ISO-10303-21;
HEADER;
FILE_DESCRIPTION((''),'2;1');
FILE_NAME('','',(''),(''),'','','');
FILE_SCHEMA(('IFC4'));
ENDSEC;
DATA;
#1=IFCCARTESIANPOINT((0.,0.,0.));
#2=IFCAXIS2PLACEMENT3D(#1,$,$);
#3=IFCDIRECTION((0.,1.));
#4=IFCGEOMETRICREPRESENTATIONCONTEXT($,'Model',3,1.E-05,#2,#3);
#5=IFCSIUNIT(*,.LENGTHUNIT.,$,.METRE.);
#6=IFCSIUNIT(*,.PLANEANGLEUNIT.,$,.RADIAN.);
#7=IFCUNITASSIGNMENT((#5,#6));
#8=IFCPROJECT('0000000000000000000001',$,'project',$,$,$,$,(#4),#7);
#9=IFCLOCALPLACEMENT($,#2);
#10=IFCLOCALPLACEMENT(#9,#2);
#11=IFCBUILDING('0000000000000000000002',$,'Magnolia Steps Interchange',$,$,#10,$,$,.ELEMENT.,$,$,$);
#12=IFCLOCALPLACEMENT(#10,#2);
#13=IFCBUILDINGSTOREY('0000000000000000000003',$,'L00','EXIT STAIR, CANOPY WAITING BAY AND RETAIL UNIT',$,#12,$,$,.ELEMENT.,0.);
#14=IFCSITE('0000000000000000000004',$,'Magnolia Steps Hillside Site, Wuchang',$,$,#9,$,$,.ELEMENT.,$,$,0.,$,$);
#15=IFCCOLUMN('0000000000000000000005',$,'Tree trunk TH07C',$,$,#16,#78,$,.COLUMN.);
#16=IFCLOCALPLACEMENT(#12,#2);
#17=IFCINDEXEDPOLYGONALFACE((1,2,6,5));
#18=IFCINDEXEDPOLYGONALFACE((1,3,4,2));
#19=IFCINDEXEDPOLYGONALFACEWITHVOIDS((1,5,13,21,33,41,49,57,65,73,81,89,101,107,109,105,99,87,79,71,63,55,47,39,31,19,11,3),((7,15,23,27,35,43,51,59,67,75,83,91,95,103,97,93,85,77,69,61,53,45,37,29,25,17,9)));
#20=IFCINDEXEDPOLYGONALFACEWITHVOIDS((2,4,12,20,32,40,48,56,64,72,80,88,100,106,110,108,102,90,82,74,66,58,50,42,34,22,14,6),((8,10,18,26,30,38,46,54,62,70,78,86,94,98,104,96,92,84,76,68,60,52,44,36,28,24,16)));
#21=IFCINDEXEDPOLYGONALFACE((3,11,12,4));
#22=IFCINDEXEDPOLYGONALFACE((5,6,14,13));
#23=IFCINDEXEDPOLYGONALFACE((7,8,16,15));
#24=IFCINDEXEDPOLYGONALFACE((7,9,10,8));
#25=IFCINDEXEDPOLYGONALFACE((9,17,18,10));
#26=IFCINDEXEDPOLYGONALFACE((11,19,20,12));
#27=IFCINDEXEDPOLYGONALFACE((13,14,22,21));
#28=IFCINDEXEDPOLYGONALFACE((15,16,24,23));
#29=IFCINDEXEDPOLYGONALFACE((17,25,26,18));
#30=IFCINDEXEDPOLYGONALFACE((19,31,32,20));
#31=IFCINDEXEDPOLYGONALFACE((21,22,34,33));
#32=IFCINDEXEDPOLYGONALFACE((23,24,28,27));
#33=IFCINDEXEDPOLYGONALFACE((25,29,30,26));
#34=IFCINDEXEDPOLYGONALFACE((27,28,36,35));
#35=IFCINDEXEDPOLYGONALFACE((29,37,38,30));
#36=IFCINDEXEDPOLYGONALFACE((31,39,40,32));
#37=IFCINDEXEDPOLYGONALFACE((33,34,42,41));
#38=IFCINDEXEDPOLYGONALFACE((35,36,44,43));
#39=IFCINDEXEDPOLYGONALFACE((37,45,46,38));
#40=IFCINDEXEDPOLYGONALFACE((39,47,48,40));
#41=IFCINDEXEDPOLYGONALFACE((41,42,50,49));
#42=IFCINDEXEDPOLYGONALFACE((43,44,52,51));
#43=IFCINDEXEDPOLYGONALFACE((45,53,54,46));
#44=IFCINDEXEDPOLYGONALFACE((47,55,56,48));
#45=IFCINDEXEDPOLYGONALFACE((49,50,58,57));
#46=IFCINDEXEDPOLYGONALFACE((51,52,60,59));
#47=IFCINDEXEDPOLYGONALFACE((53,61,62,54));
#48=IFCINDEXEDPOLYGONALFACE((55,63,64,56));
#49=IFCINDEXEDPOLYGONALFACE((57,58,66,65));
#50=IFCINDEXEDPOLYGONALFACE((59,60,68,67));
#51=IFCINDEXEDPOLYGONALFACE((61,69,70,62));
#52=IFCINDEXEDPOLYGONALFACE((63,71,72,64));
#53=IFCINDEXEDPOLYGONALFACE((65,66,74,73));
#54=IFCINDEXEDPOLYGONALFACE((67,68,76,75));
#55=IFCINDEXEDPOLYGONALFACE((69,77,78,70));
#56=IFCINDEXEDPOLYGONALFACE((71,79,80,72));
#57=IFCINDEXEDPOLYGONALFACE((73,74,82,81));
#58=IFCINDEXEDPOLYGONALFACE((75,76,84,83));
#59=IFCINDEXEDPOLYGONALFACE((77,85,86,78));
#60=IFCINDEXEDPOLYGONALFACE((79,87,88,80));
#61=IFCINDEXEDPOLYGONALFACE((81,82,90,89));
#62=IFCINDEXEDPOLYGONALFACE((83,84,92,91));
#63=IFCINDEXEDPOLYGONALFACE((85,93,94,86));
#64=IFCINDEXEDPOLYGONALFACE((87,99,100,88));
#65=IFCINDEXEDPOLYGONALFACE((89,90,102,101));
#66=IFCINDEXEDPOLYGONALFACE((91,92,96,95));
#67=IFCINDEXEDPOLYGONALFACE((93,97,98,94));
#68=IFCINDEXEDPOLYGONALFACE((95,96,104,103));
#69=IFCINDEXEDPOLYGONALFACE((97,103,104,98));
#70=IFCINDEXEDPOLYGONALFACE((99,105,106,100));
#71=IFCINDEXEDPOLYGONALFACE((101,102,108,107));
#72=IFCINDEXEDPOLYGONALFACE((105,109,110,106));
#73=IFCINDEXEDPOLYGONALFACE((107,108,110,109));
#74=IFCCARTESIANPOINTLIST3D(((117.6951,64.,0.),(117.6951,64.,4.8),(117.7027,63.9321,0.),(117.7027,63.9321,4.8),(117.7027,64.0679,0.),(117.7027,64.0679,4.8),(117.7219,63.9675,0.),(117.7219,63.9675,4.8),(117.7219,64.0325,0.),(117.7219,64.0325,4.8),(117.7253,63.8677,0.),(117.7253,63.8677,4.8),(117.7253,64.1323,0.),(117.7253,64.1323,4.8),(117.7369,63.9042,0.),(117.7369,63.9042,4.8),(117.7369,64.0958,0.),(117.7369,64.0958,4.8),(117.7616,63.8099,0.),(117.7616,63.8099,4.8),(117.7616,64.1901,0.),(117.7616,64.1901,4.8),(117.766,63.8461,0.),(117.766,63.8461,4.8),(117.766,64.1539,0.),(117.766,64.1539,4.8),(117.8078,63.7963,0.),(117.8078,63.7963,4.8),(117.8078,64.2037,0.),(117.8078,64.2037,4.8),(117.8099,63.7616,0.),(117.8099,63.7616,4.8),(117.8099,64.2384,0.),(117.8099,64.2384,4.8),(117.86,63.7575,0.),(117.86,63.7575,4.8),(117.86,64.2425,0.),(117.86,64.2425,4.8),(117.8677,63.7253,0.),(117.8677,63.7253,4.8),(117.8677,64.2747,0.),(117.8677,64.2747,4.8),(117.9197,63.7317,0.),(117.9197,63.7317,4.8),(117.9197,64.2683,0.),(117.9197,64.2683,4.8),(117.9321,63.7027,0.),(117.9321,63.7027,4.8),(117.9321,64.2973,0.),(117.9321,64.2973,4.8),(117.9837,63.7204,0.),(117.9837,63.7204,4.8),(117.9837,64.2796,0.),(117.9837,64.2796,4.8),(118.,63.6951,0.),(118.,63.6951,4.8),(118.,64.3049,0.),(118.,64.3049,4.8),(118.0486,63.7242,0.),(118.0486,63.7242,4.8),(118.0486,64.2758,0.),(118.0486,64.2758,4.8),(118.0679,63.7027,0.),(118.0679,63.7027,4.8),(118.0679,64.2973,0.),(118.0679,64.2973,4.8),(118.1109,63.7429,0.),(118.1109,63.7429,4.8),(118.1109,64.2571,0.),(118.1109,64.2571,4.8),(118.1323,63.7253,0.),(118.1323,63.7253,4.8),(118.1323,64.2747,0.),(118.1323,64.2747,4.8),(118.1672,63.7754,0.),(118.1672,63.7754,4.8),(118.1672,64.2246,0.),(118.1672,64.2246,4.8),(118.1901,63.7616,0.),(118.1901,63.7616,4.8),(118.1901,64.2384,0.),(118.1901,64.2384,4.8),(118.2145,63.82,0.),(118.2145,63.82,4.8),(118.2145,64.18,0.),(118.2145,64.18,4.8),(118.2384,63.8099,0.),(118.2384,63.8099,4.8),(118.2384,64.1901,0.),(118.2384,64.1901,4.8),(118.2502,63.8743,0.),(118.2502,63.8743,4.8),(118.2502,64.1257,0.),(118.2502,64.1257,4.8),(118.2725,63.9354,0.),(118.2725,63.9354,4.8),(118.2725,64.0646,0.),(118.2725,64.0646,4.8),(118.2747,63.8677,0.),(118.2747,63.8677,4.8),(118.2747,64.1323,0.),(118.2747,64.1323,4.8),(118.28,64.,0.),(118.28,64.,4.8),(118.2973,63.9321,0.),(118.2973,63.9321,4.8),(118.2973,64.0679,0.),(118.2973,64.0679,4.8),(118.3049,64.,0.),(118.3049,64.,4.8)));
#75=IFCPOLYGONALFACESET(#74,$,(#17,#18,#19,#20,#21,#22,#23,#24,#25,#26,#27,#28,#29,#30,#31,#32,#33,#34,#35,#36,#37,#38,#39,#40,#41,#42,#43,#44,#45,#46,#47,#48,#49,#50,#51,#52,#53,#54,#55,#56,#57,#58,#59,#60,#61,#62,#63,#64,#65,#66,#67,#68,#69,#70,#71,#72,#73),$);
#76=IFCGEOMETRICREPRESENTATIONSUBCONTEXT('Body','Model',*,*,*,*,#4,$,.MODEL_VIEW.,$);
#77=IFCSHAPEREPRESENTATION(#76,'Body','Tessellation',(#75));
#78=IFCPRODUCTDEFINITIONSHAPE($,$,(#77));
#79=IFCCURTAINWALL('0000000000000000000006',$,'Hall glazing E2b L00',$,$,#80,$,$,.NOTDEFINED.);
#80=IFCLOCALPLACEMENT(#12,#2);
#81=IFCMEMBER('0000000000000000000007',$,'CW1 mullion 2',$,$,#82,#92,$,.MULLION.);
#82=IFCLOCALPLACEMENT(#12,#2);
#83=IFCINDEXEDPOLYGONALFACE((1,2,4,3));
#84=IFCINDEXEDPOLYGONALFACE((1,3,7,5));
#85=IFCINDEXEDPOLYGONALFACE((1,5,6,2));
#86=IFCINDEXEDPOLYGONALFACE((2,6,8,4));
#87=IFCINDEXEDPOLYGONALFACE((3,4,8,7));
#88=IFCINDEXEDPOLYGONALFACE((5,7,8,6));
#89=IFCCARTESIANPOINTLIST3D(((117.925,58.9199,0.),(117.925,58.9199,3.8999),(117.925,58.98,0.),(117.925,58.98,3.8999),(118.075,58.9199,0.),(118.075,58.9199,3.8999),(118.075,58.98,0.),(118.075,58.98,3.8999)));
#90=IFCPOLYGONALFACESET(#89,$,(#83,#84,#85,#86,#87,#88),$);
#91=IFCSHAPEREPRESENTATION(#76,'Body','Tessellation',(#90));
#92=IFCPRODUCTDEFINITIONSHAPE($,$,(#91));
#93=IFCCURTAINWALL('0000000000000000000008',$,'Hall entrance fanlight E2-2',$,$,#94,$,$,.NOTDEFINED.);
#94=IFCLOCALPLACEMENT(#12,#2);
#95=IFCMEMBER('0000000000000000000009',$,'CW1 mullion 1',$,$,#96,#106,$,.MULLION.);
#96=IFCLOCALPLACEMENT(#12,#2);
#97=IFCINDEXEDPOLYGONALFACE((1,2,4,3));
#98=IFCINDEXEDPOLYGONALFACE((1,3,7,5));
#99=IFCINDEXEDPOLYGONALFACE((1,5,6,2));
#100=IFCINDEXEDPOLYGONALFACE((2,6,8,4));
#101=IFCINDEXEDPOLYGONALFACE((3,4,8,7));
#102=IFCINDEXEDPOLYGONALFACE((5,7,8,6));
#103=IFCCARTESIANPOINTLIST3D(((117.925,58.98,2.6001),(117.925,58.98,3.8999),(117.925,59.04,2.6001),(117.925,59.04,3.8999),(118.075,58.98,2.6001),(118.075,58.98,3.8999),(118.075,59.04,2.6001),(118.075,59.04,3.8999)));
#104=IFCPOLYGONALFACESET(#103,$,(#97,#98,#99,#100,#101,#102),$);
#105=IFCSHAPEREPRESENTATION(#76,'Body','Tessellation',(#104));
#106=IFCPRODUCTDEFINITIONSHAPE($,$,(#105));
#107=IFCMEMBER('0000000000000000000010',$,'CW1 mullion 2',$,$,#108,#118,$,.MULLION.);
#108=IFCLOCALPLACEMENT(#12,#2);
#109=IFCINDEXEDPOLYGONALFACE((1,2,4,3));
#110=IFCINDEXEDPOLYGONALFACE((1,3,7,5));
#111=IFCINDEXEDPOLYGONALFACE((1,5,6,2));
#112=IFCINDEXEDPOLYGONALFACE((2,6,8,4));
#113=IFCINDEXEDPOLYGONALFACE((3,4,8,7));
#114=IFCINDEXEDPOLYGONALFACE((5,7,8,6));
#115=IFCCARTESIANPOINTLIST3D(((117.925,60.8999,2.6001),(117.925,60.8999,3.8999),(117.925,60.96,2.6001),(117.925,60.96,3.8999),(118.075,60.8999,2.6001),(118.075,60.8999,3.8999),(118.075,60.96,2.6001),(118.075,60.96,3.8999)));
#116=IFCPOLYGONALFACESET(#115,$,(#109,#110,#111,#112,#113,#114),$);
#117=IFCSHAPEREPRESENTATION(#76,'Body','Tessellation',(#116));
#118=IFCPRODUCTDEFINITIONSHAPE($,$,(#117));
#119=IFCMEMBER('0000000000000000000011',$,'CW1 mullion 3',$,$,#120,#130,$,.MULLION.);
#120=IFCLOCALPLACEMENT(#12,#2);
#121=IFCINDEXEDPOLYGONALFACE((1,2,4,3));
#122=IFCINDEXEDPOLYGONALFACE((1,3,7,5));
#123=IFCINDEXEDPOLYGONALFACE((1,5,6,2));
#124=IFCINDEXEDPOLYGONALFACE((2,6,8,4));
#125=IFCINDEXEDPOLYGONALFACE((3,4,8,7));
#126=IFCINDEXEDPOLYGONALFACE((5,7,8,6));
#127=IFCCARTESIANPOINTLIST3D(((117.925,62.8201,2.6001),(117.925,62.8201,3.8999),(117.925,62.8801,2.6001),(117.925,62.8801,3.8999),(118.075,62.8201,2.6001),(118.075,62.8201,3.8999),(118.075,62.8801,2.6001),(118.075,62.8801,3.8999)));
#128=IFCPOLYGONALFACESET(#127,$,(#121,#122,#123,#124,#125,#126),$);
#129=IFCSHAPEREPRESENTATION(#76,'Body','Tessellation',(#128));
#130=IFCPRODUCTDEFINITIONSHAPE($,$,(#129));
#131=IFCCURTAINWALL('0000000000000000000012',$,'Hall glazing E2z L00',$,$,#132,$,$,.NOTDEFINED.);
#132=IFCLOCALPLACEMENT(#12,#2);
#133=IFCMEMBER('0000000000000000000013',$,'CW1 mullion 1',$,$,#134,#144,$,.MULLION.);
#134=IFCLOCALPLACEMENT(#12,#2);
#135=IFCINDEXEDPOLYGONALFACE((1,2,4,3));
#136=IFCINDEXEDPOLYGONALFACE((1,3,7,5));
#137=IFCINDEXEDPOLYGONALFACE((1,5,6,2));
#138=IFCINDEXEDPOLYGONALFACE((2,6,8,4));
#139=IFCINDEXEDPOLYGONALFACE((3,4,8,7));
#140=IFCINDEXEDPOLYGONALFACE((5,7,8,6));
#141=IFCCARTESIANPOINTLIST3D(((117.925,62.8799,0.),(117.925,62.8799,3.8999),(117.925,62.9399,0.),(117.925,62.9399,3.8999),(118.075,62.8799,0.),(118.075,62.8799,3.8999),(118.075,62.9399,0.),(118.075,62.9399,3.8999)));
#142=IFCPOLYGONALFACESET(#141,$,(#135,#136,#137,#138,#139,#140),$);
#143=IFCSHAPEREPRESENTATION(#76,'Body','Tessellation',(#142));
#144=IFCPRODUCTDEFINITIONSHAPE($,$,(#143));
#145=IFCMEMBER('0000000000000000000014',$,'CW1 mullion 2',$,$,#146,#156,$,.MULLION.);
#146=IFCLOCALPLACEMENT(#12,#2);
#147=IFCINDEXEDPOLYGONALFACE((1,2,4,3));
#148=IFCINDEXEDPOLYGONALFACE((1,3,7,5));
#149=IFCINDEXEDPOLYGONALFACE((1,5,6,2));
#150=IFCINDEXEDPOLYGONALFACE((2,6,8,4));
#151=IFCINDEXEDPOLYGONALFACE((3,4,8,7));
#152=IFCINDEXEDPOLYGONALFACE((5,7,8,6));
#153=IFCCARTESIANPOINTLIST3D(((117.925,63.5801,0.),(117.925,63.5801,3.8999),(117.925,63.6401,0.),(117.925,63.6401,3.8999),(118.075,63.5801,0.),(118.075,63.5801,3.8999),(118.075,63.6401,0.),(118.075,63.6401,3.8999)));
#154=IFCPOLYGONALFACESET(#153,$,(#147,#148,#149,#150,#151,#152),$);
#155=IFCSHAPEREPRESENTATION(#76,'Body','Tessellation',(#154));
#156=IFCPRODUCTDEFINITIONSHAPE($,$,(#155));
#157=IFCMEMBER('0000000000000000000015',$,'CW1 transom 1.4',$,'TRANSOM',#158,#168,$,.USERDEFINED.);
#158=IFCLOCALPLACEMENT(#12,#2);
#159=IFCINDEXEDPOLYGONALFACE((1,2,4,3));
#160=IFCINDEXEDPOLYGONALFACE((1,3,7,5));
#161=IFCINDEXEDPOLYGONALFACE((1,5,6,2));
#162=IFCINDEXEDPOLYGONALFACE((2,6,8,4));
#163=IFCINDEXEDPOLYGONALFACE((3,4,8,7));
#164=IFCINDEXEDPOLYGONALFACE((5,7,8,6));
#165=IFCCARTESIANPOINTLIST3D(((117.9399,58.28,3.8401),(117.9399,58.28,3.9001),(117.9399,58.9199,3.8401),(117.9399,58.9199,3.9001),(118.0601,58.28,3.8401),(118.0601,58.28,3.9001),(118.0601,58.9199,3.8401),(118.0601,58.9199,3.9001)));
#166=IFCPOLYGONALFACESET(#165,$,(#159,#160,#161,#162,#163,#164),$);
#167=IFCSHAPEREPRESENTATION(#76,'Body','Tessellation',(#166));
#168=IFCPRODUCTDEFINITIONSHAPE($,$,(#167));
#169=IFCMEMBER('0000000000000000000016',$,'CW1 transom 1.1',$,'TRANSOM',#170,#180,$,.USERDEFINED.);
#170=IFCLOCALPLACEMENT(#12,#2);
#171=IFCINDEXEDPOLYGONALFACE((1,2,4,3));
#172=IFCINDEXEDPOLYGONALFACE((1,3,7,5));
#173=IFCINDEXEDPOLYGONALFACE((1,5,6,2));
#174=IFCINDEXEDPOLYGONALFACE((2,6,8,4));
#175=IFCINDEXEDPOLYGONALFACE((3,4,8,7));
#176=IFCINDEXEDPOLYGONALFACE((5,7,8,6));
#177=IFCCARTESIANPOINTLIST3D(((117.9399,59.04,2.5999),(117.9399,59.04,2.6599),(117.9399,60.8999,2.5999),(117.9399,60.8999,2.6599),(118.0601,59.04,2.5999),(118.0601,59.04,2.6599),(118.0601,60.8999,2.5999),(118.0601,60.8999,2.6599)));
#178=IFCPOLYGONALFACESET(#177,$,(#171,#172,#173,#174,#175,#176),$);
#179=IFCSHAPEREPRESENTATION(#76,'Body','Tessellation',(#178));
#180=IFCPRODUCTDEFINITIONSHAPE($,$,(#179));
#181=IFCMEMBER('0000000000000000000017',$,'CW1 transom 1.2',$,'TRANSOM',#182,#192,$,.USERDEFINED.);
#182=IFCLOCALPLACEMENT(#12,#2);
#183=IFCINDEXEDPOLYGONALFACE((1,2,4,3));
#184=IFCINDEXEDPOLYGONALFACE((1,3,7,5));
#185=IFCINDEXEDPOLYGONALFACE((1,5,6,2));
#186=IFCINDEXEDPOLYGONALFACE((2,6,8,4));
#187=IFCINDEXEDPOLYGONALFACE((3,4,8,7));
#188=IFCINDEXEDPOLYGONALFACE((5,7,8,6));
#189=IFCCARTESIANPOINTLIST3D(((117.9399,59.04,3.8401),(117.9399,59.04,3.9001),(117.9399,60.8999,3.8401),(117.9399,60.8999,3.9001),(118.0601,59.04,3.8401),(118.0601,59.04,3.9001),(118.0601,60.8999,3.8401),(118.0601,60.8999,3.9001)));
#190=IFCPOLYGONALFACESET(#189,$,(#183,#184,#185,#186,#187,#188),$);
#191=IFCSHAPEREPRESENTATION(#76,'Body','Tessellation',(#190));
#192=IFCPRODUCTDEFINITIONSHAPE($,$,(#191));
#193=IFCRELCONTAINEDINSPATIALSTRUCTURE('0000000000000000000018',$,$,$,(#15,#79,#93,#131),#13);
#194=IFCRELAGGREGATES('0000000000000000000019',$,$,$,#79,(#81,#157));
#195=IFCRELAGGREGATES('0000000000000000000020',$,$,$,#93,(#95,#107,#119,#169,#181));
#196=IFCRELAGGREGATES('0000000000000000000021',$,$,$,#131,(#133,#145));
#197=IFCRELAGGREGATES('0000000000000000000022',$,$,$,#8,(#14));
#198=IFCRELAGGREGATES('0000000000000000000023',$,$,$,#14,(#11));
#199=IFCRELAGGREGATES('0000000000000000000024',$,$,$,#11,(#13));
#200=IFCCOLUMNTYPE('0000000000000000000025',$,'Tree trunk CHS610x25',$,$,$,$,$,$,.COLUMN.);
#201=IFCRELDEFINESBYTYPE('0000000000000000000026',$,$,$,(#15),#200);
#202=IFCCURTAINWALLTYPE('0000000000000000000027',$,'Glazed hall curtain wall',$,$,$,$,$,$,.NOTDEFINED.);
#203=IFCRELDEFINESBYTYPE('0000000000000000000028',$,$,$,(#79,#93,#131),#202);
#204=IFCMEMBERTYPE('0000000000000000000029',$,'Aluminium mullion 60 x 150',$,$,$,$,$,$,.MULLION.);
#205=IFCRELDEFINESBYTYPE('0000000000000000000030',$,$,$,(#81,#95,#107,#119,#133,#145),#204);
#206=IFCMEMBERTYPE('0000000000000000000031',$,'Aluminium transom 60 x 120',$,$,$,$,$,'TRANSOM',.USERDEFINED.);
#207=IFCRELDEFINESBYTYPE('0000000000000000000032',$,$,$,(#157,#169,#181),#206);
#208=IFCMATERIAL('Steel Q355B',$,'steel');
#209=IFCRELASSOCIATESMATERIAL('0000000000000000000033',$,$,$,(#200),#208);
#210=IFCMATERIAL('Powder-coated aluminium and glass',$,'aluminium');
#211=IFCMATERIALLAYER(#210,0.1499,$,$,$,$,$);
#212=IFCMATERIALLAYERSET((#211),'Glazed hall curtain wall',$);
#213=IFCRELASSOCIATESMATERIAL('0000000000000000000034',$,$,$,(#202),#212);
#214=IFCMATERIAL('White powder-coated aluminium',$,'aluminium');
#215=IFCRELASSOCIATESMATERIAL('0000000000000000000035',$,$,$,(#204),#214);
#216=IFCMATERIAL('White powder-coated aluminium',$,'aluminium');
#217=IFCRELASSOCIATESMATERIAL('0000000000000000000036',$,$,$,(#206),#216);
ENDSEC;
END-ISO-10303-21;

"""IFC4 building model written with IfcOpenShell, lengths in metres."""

from ifc_helpers import new_model, si_unit, direction, frame, origin, origin_2d, place, context, subcontext, project, spatial, rectangle, hollow_circle, extrude, material, layer, layer_set, material_profile, profile_set, type_object, element, aggregate, save


model = new_model("IFC4")

# Units and contexts
model_context = context("Model", 3, precision=1e-05, world=origin(), true_north=direction((0.0, 1.0)))
body_context = subcontext(model_context, "Body", "Model", "MODEL_VIEW")
ifc_project = project(units=[si_unit("LENGTHUNIT", "METRE"), si_unit("PLANEANGLEUNIT", "RADIAN")], contexts=[model_context])

# Site, building, storey
site_placement = place(None, origin())
site = spatial("IfcSite", under=ifc_project, at=site_placement, Name="Magnolia Steps Hillside Site, Wuchang", CompositionType="ELEMENT", RefElevation=0.0)
building_placement = place(site_placement, origin())
building = spatial("IfcBuilding", under=site, at=building_placement, Name="Magnolia Steps Interchange", CompositionType="ELEMENT")
storey_placement = place(building_placement, origin())
storey = spatial("IfcBuildingStorey", under=building, at=storey_placement, Name="L00", Description="EXIT STAIR, CANOPY WAITING BAY AND RETAIL UNIT", CompositionType="ELEMENT", Elevation=0.0)

# Column
ifc_material_1 = material(Name="Steel Q355B", Category="steel")
ifc_material_profile_1 = material_profile(ifc_material_1, hollow_circle(Radius=0.3049, WallThickness=0.0249, at=origin_2d()), Name="CHS610x25")
ifc_profile_set_1 = profile_set([ifc_material_profile_1], Name="Steel Q355B")
column_type = type_object("IfcColumnType", Name="Tree trunk CHS610x25", PredefinedType="COLUMN", material=ifc_profile_set_1)
column_placement = place(storey_placement, frame((118.0, 64.0, 0.0), z_axis=(0.0, 0.0, 1.0), x_axis=(1.0, 0.0, 0.0)))
element("IfcColumn", 1, at=column_placement, inside=storey, type_object=column_type, Name="Tree trunk TH07C", PredefinedType="COLUMN", context=body_context, shape_type="SweptSolid", body=[
    extrude(hollow_circle(Radius=0.3049, WallThickness=0.0249, at=origin_2d()), origin(), (0.0, 0.0, 1.0), 4.8),
])

# Curtain wall, member
ifc_material_2 = material(Name="Powder-coated aluminium and glass", Category="aluminium")
ifc_layer_1 = layer(ifc_material_2, 0.1499)
ifc_layer_set_1 = layer_set([ifc_layer_1], Name="Glazed hall curtain wall")
curtain_wall_type = type_object("IfcCurtainWallType", Name="Glazed hall curtain wall", PredefinedType="NOTDEFINED", material=ifc_layer_set_1)
curtain_wall_1_placement = place(storey_placement, origin())
curtain_wall_1 = element("IfcCurtainWall", 2, at=curtain_wall_1_placement, inside=storey, type_object=curtain_wall_type, Name="Hall glazing E2b L00", PredefinedType="NOTDEFINED")
ifc_material_3 = material(Name="White powder-coated aluminium", Category="aluminium")
ifc_material_profile_2 = material_profile(ifc_material_3, rectangle(XDim=0.0601, YDim=0.1499, at=origin_2d()), Name="Aluminium mullion 60 x 150")
ifc_profile_set_2 = profile_set([ifc_material_profile_2], Name="White powder-coated aluminium")
member_type_1 = type_object("IfcMemberType", Name="Aluminium mullion 60 x 150", PredefinedType="MULLION", material=ifc_profile_set_2)
member_1_placement = place(storey_placement, frame((118.0, 58.95, 0.0), z_axis=(0.0, 0.0, 1.0), x_axis=(0.0, 1.0, 0.0)))
member_1 = element("IfcMember", 3, at=member_1_placement, type_object=member_type_1, Name="CW1 mullion 2", PredefinedType="MULLION", context=body_context, shape_type="SweptSolid", body=[
    extrude(rectangle(XDim=0.0601, YDim=0.1499, at=origin_2d()), origin(), (0.0, 0.0, 1.0), 3.8999),
])

# Curtain walls, members
curtain_wall_2_placement = place(storey_placement, origin())
curtain_wall_2 = element("IfcCurtainWall", 4, at=curtain_wall_2_placement, inside=storey, type_object=curtain_wall_type, Name="Hall entrance fanlight E2-2", PredefinedType="NOTDEFINED")
member_2_placement = place(storey_placement, frame((118.0, 59.01, 2.6001), z_axis=(0.0, 0.0, 1.0), x_axis=(0.0, 1.0, 0.0)))
member_2 = element("IfcMember", 5, at=member_2_placement, type_object=member_type_1, Name="CW1 mullion 1", PredefinedType="MULLION", context=body_context, shape_type="SweptSolid", body=[
    extrude(rectangle(XDim=0.0601, YDim=0.1499, at=origin_2d()), origin(), (0.0, 0.0, 1.0), 1.2998),
])
member_3_placement = place(storey_placement, frame((118.0, 60.9299, 2.6001), z_axis=(0.0, 0.0, 1.0), x_axis=(0.0, 1.0, 0.0)))
member_3 = element("IfcMember", 6, at=member_3_placement, type_object=member_type_1, Name="CW1 mullion 2", PredefinedType="MULLION", context=body_context, shape_type="SweptSolid", body=[
    extrude(rectangle(XDim=0.0601, YDim=0.1499, at=origin_2d()), origin(), (0.0, 0.0, 1.0), 1.2998),
])
member_4_placement = place(storey_placement, frame((118.0, 62.8501, 2.6001), z_axis=(0.0, 0.0, 1.0), x_axis=(0.0, 1.0, 0.0)))
member_4 = element("IfcMember", 7, at=member_4_placement, type_object=member_type_1, Name="CW1 mullion 3", PredefinedType="MULLION", context=body_context, shape_type="SweptSolid", body=[
    extrude(rectangle(XDim=0.0601, YDim=0.1499, at=origin_2d()), origin(), (0.0, 0.0, 1.0), 1.2998),
])
curtain_wall_3_placement = place(storey_placement, origin())
curtain_wall_3 = element("IfcCurtainWall", 8, at=curtain_wall_3_placement, inside=storey, type_object=curtain_wall_type, Name="Hall glazing E2z L00", PredefinedType="NOTDEFINED")
member_5_placement = place(storey_placement, frame((118.0, 62.9099, 0.0), z_axis=(0.0, 0.0, 1.0), x_axis=(0.0, 1.0, 0.0)))
member_5 = element("IfcMember", 9, at=member_5_placement, type_object=member_type_1, Name="CW1 mullion 1", PredefinedType="MULLION", context=body_context, shape_type="SweptSolid", body=[
    extrude(rectangle(XDim=0.0601, YDim=0.1499, at=origin_2d()), origin(), (0.0, 0.0, 1.0), 3.8999),
])
member_6_placement = place(storey_placement, frame((118.0, 63.6101, 0.0), z_axis=(0.0, 0.0, 1.0), x_axis=(0.0, 1.0, 0.0)))
member_6 = element("IfcMember", 10, at=member_6_placement, type_object=member_type_1, Name="CW1 mullion 2", PredefinedType="MULLION", context=body_context, shape_type="SweptSolid", body=[
    extrude(rectangle(XDim=0.0601, YDim=0.1499, at=origin_2d()), origin(), (0.0, 0.0, 1.0), 3.8999),
])

# Members
ifc_material_4 = material(Name="White powder-coated aluminium", Category="aluminium")
ifc_material_profile_3 = material_profile(ifc_material_4, rectangle(XDim=0.0601, YDim=0.1201, at=origin_2d()), Name="Aluminium transom 60 x 120")
ifc_profile_set_3 = profile_set([ifc_material_profile_3], Name="White powder-coated aluminium")
member_type_2 = type_object("IfcMemberType", Name="Aluminium transom 60 x 120", ElementType="TRANSOM", PredefinedType="USERDEFINED", material=ifc_profile_set_3)
member_7_placement = place(storey_placement, frame((118.0, 58.28, 3.8701), z_axis=(0.0, 1.0, 0.0), x_axis=(0.0, 0.0, 1.0)))
member_7 = element("IfcMember", 11, at=member_7_placement, type_object=member_type_2, Name="CW1 transom 1.4", ObjectType="TRANSOM", PredefinedType="USERDEFINED", context=body_context, shape_type="SweptSolid", body=[
    extrude(rectangle(XDim=0.0601, YDim=0.1201, at=origin_2d()), origin(), (0.0, 0.0, 1.0), 0.6399),
])
member_8_placement = place(storey_placement, frame((118.0, 59.04, 2.6299), z_axis=(0.0, 1.0, 0.0), x_axis=(0.0, 0.0, 1.0)))
member_8 = element("IfcMember", 12, at=member_8_placement, type_object=member_type_2, Name="CW1 transom 1.1", ObjectType="TRANSOM", PredefinedType="USERDEFINED", context=body_context, shape_type="SweptSolid", body=[
    extrude(rectangle(XDim=0.0601, YDim=0.1201, at=origin_2d()), origin(), (0.0, 0.0, 1.0), 1.8599),
])
member_9_placement = place(storey_placement, frame((118.0, 59.04, 3.8701), z_axis=(0.0, 1.0, 0.0), x_axis=(0.0, 0.0, 1.0)))
member_9 = element("IfcMember", 13, at=member_9_placement, type_object=member_type_2, Name="CW1 transom 1.2", ObjectType="TRANSOM", PredefinedType="USERDEFINED", context=body_context, shape_type="SweptSolid", body=[
    extrude(rectangle(XDim=0.0601, YDim=0.1201, at=origin_2d()), origin(), (0.0, 0.0, 1.0), 1.8599),
])

aggregate(curtain_wall_1, [member_1, member_7])
aggregate(curtain_wall_2, [member_2, member_3, member_4, member_8, member_9])
aggregate(curtain_wall_3, [member_5, member_6])

save(model, "model.ifc")
